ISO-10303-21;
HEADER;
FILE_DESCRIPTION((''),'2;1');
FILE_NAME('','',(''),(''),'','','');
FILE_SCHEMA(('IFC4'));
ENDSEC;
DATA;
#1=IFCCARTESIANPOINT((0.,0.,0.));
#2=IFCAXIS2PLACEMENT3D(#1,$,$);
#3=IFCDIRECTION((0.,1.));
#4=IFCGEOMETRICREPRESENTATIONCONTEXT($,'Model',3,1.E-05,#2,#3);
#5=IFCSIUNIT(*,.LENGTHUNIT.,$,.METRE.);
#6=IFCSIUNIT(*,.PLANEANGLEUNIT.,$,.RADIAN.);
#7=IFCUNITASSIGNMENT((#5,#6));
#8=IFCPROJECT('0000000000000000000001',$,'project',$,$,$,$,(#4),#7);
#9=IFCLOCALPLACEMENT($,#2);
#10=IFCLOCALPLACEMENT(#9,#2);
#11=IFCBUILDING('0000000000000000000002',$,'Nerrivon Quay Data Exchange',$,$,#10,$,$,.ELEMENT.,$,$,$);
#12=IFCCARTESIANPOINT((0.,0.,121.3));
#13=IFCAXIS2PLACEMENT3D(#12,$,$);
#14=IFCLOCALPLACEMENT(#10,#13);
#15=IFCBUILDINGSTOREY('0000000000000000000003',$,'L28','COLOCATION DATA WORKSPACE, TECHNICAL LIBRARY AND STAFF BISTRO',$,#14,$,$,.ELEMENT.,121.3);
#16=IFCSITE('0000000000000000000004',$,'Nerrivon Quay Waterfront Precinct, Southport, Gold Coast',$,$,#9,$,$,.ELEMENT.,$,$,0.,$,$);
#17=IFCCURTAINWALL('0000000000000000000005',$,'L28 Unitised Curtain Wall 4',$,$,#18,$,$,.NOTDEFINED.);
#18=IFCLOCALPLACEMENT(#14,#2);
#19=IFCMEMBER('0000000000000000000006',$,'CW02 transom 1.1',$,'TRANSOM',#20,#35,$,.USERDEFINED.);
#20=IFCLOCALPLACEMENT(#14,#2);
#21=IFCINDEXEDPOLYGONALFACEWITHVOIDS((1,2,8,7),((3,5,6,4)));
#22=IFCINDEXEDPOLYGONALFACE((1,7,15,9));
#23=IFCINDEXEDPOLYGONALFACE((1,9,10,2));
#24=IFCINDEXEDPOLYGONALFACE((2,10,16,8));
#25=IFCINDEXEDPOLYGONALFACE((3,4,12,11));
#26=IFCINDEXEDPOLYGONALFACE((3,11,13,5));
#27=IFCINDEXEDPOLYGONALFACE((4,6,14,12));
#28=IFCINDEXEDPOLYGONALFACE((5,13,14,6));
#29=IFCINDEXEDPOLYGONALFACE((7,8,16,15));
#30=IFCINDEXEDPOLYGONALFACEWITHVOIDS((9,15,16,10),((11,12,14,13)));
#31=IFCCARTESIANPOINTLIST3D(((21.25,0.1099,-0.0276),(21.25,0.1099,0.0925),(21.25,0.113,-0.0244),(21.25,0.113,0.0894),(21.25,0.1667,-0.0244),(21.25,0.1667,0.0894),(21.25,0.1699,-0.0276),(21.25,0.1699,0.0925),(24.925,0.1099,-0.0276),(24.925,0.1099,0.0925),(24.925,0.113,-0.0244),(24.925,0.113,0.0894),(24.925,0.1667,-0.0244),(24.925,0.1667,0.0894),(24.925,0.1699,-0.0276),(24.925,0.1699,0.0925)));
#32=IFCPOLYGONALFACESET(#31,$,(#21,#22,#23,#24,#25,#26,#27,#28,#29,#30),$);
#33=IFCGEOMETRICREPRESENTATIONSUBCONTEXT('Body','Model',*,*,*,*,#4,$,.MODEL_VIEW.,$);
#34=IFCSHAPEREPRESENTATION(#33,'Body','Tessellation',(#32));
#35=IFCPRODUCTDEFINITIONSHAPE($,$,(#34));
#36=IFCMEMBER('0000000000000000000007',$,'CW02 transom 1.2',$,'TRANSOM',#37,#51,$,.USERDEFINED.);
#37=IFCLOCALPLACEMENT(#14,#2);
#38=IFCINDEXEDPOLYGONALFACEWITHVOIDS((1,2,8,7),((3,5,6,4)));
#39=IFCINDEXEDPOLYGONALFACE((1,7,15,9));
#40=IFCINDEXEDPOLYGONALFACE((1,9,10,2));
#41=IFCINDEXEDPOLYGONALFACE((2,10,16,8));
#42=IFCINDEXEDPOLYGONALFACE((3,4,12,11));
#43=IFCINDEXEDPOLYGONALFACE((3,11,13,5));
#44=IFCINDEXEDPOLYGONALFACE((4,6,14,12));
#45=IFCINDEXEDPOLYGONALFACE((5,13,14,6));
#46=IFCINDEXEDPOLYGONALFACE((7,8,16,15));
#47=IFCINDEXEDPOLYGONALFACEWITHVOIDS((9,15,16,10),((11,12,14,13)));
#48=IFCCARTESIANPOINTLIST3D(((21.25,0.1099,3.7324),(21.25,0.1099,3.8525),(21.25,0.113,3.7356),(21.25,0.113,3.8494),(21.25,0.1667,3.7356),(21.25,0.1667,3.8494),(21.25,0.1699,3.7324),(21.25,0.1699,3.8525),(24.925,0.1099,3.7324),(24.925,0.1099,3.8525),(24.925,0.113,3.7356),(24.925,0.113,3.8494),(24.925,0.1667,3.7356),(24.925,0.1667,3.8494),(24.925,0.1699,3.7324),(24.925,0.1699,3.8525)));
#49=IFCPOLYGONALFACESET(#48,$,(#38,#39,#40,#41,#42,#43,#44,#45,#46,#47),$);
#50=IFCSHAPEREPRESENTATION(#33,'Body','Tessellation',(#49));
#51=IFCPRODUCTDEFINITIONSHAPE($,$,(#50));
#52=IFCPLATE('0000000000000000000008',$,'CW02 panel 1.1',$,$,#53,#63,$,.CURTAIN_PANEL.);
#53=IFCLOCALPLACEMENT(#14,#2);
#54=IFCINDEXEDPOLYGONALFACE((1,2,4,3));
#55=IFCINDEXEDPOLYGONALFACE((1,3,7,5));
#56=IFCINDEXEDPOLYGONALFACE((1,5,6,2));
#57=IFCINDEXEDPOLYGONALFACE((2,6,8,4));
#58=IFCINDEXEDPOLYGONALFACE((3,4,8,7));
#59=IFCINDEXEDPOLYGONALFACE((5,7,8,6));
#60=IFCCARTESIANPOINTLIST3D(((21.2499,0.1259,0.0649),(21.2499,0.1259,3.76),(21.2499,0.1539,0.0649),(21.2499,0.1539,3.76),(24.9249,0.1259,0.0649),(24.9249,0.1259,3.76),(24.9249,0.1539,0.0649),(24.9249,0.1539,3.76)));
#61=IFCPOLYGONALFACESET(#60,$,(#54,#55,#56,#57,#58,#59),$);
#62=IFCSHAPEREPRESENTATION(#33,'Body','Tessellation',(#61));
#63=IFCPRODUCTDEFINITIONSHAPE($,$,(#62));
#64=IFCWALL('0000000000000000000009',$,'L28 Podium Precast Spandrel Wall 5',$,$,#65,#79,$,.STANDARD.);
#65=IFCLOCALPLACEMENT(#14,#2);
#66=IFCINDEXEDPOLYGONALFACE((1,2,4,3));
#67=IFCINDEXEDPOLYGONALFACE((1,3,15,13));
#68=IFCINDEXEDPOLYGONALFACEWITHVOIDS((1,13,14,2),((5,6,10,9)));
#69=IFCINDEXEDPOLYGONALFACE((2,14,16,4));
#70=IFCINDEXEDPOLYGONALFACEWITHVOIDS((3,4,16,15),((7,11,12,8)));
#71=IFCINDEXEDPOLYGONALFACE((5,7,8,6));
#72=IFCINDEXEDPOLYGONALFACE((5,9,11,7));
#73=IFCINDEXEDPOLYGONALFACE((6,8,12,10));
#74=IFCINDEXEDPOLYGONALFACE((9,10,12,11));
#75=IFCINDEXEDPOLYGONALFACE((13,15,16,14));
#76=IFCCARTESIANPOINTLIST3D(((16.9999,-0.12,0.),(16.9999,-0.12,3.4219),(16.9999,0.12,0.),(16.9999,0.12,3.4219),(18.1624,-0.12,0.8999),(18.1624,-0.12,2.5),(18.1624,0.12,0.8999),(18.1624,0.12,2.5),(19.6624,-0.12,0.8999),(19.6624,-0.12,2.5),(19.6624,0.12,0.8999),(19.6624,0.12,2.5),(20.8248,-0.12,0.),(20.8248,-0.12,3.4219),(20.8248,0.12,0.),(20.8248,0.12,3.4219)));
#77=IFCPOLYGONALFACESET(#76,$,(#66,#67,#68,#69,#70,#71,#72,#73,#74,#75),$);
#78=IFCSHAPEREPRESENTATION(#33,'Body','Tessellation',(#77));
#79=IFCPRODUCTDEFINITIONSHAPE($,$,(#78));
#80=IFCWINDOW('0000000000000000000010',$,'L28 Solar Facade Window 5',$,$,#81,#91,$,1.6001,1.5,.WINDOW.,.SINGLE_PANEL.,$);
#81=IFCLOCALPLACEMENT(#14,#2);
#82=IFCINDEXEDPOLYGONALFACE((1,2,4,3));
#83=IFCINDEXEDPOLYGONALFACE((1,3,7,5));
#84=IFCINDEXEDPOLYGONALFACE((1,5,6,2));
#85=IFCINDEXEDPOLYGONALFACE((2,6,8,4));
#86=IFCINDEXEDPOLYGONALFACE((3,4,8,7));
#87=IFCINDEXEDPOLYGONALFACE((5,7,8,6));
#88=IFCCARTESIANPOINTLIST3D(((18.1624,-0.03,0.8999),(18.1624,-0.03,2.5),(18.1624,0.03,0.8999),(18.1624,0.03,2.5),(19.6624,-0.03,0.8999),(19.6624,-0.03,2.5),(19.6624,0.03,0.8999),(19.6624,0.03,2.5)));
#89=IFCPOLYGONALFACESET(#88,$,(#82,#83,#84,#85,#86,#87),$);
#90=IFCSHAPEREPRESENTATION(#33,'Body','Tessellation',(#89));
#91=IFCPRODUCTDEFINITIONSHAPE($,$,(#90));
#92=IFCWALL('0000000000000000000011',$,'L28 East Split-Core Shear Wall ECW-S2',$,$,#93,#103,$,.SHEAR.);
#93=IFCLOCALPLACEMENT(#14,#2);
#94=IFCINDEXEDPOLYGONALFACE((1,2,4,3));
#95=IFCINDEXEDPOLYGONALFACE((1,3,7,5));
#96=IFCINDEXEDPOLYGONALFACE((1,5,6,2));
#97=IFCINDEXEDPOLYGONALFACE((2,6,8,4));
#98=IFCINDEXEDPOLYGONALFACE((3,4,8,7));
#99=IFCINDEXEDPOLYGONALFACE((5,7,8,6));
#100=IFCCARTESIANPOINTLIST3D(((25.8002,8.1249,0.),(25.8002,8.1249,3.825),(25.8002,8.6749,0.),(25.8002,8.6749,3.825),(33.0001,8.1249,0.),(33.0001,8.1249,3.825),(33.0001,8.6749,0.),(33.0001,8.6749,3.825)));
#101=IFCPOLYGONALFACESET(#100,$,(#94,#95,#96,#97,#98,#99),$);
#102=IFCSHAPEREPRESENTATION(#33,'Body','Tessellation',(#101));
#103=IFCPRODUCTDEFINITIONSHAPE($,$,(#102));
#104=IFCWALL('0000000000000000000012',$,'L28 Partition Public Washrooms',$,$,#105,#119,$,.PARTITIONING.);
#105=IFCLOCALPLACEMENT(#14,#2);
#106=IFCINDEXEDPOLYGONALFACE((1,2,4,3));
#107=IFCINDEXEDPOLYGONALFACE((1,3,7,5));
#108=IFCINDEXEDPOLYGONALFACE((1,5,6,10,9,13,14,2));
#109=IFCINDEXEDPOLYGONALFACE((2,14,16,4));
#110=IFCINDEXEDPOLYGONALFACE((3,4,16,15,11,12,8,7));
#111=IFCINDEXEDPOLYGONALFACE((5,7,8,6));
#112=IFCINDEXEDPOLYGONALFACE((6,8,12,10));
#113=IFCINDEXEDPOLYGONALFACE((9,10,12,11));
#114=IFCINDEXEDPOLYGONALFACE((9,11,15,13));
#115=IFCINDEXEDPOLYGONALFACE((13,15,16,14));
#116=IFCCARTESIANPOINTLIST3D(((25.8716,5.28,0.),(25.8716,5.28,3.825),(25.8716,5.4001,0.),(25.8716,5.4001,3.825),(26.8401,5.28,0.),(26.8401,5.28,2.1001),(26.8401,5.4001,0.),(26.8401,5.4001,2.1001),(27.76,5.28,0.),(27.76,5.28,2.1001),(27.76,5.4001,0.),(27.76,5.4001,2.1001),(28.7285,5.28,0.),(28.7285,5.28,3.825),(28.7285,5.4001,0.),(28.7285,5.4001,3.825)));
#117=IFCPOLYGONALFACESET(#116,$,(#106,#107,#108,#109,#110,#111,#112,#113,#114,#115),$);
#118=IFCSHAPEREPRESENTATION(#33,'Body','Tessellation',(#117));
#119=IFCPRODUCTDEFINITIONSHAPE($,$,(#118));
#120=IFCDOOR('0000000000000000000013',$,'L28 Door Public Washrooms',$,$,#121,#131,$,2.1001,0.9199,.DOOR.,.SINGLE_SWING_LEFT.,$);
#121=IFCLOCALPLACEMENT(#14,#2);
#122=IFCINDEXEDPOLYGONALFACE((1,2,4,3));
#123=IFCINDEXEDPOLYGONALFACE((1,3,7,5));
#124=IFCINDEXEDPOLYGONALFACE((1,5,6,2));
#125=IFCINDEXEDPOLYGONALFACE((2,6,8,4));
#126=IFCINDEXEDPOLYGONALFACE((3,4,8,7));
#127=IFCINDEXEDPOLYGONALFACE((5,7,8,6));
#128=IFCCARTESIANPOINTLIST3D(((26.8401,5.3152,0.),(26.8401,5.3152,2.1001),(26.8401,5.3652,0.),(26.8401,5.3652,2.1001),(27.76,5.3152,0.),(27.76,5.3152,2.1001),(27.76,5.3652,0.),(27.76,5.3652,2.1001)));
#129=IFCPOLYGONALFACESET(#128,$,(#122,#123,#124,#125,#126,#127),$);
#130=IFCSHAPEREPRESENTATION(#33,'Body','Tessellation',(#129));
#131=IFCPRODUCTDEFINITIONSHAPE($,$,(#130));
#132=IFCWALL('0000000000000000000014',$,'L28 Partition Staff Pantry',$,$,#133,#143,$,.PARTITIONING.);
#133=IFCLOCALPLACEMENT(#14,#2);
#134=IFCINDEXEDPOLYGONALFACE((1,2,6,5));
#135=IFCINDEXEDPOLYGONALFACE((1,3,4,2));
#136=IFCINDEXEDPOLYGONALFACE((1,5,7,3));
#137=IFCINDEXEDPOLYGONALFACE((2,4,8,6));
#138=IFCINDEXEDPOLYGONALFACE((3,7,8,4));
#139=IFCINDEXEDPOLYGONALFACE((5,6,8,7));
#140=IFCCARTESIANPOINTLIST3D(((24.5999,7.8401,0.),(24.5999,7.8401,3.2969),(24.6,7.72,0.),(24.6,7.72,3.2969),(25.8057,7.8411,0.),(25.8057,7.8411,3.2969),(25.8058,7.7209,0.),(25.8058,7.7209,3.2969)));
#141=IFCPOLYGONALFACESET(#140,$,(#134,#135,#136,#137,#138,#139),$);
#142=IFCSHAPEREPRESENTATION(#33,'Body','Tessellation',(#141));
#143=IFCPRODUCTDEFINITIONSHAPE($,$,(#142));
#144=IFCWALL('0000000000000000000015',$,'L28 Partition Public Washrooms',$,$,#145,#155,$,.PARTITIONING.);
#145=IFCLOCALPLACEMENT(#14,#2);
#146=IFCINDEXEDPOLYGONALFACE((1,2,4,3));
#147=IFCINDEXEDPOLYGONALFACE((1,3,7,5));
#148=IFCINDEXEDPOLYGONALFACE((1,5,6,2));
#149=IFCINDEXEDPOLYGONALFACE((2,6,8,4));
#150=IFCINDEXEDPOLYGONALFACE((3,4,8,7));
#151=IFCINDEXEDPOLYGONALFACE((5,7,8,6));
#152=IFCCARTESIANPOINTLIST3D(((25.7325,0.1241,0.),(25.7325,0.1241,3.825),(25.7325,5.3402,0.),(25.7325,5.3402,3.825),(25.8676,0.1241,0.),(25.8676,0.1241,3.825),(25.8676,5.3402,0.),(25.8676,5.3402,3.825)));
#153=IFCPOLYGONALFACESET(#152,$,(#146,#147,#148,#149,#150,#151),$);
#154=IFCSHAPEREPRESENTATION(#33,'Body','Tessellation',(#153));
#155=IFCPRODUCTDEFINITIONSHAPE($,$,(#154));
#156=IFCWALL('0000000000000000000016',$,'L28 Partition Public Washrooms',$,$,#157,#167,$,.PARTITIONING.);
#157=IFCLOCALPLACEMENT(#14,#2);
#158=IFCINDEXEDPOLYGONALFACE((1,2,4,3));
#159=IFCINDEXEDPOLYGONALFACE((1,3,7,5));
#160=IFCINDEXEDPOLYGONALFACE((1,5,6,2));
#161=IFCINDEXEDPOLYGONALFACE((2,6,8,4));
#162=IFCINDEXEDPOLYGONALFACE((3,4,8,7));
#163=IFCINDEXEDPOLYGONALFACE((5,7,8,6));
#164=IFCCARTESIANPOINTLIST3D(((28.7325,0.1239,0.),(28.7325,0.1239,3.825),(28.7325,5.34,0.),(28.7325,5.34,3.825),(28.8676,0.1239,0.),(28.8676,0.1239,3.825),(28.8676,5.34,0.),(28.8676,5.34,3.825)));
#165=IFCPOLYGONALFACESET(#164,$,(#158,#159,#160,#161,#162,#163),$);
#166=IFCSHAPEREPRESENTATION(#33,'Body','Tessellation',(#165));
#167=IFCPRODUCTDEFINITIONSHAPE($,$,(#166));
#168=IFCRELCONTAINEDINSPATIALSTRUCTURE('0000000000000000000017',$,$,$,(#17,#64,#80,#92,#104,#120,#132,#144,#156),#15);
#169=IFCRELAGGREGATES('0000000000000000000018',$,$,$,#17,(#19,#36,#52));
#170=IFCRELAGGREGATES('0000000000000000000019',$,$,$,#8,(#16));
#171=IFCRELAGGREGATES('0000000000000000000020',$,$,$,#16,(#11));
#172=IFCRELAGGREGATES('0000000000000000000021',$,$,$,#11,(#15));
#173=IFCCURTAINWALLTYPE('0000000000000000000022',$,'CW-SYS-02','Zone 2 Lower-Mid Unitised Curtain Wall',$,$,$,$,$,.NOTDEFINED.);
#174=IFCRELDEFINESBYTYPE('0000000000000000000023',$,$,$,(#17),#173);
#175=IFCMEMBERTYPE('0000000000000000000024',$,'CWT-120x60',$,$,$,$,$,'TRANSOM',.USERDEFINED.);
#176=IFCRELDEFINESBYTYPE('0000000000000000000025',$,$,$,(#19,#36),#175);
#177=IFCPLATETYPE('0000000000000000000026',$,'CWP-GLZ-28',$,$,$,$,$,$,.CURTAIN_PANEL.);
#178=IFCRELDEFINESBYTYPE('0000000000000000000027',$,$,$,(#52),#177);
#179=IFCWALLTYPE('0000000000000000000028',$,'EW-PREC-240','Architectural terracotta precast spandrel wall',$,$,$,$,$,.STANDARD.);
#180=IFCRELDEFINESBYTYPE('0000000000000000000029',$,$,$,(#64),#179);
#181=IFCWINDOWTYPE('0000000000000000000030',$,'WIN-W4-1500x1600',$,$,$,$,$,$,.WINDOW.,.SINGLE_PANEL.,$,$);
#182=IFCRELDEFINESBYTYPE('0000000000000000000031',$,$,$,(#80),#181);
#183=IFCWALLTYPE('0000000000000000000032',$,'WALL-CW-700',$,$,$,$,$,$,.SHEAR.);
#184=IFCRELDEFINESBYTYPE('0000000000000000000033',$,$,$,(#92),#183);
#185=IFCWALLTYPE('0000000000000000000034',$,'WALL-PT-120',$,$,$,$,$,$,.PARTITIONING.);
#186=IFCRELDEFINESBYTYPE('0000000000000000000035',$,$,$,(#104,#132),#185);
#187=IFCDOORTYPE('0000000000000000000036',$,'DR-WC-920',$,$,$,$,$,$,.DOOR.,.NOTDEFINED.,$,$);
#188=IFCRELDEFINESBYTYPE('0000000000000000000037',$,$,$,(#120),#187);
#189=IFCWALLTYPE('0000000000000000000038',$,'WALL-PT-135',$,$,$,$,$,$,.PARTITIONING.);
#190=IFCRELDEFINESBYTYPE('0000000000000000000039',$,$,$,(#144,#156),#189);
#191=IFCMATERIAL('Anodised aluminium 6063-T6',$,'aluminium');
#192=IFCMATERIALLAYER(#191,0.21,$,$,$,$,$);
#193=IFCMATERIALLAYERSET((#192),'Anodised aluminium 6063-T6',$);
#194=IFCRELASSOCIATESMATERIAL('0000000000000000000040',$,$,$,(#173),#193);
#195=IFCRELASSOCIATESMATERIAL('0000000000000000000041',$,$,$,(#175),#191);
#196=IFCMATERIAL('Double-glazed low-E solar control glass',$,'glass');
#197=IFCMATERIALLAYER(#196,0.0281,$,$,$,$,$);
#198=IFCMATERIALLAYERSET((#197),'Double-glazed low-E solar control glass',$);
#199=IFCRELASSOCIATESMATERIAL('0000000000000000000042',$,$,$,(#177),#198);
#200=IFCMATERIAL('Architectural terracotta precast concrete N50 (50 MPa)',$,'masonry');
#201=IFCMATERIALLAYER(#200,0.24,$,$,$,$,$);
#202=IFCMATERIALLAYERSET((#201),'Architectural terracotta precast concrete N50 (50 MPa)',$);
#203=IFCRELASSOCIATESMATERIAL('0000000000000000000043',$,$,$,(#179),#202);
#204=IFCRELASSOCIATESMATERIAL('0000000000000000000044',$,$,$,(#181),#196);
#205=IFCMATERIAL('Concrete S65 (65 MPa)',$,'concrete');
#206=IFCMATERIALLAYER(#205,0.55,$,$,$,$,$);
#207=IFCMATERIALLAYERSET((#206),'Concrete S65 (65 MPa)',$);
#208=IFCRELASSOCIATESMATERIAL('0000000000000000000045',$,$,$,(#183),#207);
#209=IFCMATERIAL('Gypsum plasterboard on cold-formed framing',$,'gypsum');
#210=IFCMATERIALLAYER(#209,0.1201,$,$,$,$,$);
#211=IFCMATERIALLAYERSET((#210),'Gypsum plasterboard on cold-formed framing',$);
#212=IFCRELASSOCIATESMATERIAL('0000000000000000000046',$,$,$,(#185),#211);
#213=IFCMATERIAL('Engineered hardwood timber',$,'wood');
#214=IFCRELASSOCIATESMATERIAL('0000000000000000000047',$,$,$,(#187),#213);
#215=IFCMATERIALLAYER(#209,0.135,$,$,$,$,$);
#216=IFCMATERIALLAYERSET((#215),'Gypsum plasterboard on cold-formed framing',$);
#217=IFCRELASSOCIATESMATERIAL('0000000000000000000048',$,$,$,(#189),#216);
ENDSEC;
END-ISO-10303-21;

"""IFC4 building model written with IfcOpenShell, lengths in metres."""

from ifc_helpers import new_model, si_unit, direction, frame, frame_2d, origin, origin_2d, place, context, subcontext, project, spatial, rectangle, hollow_rectangle, extrude, material, layer, layer_set, material_profile, profile_set, type_object, element, fill, aggregate, save


model = new_model("IFC4")

# Units and contexts
model_context = context("Model", 3, precision=1e-05, world=origin(), true_north=direction((0.0, 1.0)))
body_context = subcontext(model_context, "Body", "Model", "MODEL_VIEW")
ifc_project = project(units=[si_unit("LENGTHUNIT", "METRE"), si_unit("PLANEANGLEUNIT", "RADIAN")], contexts=[model_context])

# Site, building, storey
site_placement = place(None, origin())
site = spatial("IfcSite", under=ifc_project, at=site_placement, Name="Nerrivon Quay Waterfront Precinct, Southport, Gold Coast", CompositionType="ELEMENT", RefElevation=0.0)
building_placement = place(site_placement, origin())
building = spatial("IfcBuilding", under=site, at=building_placement, Name="Nerrivon Quay Data Exchange", CompositionType="ELEMENT")
storey_placement = place(building_placement, frame((0.0, 0.0, 121.3)))
storey = spatial("IfcBuildingStorey", under=building, at=storey_placement, Name="L28", Description="COLOCATION DATA WORKSPACE, TECHNICAL LIBRARY AND STAFF BISTRO", CompositionType="ELEMENT", Elevation=121.3)

# Shared definitions
ifc_material_1 = material(Name="Concrete S65 (65 MPa)", Category="concrete")

# Curtain wall, members, plate
ifc_material_2 = material(Name="Anodised aluminium 6063-T6", Category="aluminium")
ifc_layer_1 = layer(ifc_material_2, 0.21)
ifc_layer_set_1 = layer_set([ifc_layer_1], Name="Anodised aluminium 6063-T6")
curtain_wall_type = type_object("IfcCurtainWallType", Name="CW-SYS-02", Description="Zone 2 Lower-Mid Unitised Curtain Wall", PredefinedType="NOTDEFINED", material=ifc_layer_set_1)
curtain_wall_placement = place(storey_placement, origin())
curtain_wall = element("IfcCurtainWall", 1, at=curtain_wall_placement, inside=storey, type_object=curtain_wall_type, Name="L28 Unitised Curtain Wall 4", PredefinedType="NOTDEFINED")
ifc_material_profile_1 = material_profile(ifc_material_2, hollow_rectangle(XDim=0.0601, YDim=0.1201, WallThickness=0.0032, at=origin_2d()), Name="ALU-TRAN-120x60")
ifc_profile_set_1 = profile_set([ifc_material_profile_1], Name="Anodised aluminium 6063-T6")
member_type_1 = type_object("IfcMemberType", Name="CWT-120x60", ElementType="TRANSOM", PredefinedType="USERDEFINED", material=ifc_profile_set_1)
member_1_placement = place(storey_placement, frame((24.925, 0.1399, 0.0325), z_axis=(-1.0, 0.0, 0.0), x_axis=(0.0, -1.0, 0.0)))
member_1 = element("IfcMember", 2, at=member_1_placement, type_object=member_type_1, Name="CW02 transom 1.1", ObjectType="TRANSOM", PredefinedType="USERDEFINED", context=body_context, shape_type="SweptSolid", body=[
    extrude(hollow_rectangle(XDim=0.0601, YDim=0.1201, WallThickness=0.0032, at=origin_2d()), origin(), (0.0, 0.0, 1.0), 3.675),
])
member_2_placement = place(storey_placement, frame((24.925, 0.1399, 3.7925), z_axis=(-1.0, 0.0, 0.0), x_axis=(0.0, -1.0, 0.0)))
member_2 = element("IfcMember", 3, at=member_2_placement, type_object=member_type_1, Name="CW02 transom 1.2", ObjectType="TRANSOM", PredefinedType="USERDEFINED", context=body_context, shape_type="SweptSolid", body=[
    extrude(hollow_rectangle(XDim=0.0601, YDim=0.1201, WallThickness=0.0032, at=origin_2d()), origin(), (0.0, 0.0, 1.0), 3.675),
])
ifc_material_3 = material(Name="Double-glazed low-E solar control glass", Category="glass")
ifc_layer_2 = layer(ifc_material_3, 0.0281)
ifc_layer_set_2 = layer_set([ifc_layer_2], Name="Double-glazed low-E solar control glass")
plate_type = type_object("IfcPlateType", Name="CWP-GLZ-28", PredefinedType="CURTAIN_PANEL", material=ifc_layer_set_2)
plate_placement = place(storey_placement, frame((23.0874, 0.1399, 0.0649), z_axis=(0.0, 0.0, 1.0), x_axis=(-1.0, 0.0, 0.0)))
plate = element("IfcPlate", 4, at=plate_placement, type_object=plate_type, Name="CW02 panel 1.1", PredefinedType="CURTAIN_PANEL", context=body_context, shape_type="SweptSolid", body=[
    extrude(rectangle(XDim=3.675, YDim=0.0281, at=origin_2d()), origin(), (0.0, 0.0, 1.0), 3.6951),
])
aggregate(curtain_wall, [member_1, member_2, plate])

# Wall, opening, window
ifc_material_4 = material(Name="Architectural terracotta precast concrete N50 (50 MPa)", Category="masonry")
ifc_layer_3 = layer(ifc_material_4, 0.24)
ifc_layer_set_3 = layer_set([ifc_layer_3], Name="Architectural terracotta precast concrete N50 (50 MPa)")
wall_type_1 = type_object("IfcWallType", Name="EW-PREC-240", Description="Architectural terracotta precast spandrel wall", PredefinedType="STANDARD", material=ifc_layer_set_3)
wall_1_placement = place(storey_placement, frame((20.825, 0.0, 0.0), z_axis=(0.0, 0.0, 1.0), x_axis=(-1.0, 0.0, 0.0)))
wall_1 = element("IfcWall", 5, at=wall_1_placement, inside=storey, type_object=wall_type_1, Name="L28 Podium Precast Spandrel Wall 5", PredefinedType="STANDARD", context=body_context, shape_type="SweptSolid", body=[
    extrude(rectangle(XDim=3.825, YDim=0.24, at=frame_2d((1.9126, 0.0))), origin(), (0.0, 0.0, 1.0), 3.4219),
])
opening_1_placement = place(wall_1_placement, frame((1.1626, 0.0, 0.8999)))
opening_1 = element("IfcOpeningElement", 6, at=opening_1_placement, cuts=wall_1, PredefinedType="OPENING", context=body_context, shape_type="SweptSolid", body=[
    extrude(rectangle(XDim=1.5, YDim=1.6001, at=frame_2d((0.75, 0.8))), frame((0.0, 0.1299, 0.0), z_axis=(0.0, -1.0, 0.0), x_axis=(1.0, 0.0, 0.0)), (0.0, 0.0, 1.0), 0.26),
])
window_type = type_object("IfcWindowType", Name="WIN-W4-1500x1600", PartitioningType="SINGLE_PANEL", PredefinedType="WINDOW", material=ifc_material_3)
window_placement = place(opening_1_placement, origin())
window = element("IfcWindow", 7, at=window_placement, inside=storey, type_object=window_type, Name="L28 Solar Facade Window 5", OverallHeight=1.6001, OverallWidth=1.5, PartitioningType="SINGLE_PANEL", PredefinedType="WINDOW", context=body_context, shape_type="SweptSolid", body=[
    extrude(rectangle(XDim=1.5, YDim=1.6001, at=frame_2d((0.75, 0.8))), frame((0.0, 0.03, 0.0), z_axis=(0.0, -1.0, 0.0), x_axis=(1.0, 0.0, 0.0)), (0.0, 0.0, 1.0), 0.0601),
])
fill(opening_1, window)

# Wall
ifc_layer_4 = layer(ifc_material_1, 0.55)
ifc_layer_set_4 = layer_set([ifc_layer_4], Name="Concrete S65 (65 MPa)")
wall_type_2 = type_object("IfcWallType", Name="WALL-CW-700", PredefinedType="SHEAR", material=ifc_layer_set_4)
wall_2_placement = place(storey_placement, frame((25.8, 8.3999, 0.0), z_axis=(0.0, 0.0, 1.0), x_axis=(1.0, 0.0, 0.0)))
element("IfcWall", 8, at=wall_2_placement, inside=storey, type_object=wall_type_2, Name="L28 East Split-Core Shear Wall ECW-S2", PredefinedType="SHEAR", context=body_context, shape_type="SweptSolid", body=[
    extrude(rectangle(XDim=7.2, YDim=0.55, at=frame_2d((3.6001, 0.0))), origin(), (0.0, 0.0, 1.0), 3.825),
])

# Wall, opening, door
ifc_material_5 = material(Name="Gypsum plasterboard on cold-formed framing", Category="gypsum")
ifc_layer_5 = layer(ifc_material_5, 0.1201)
ifc_layer_set_5 = layer_set([ifc_layer_5], Name="Gypsum plasterboard on cold-formed framing")
wall_type_3 = type_object("IfcWallType", Name="WALL-PT-120", PredefinedType="PARTITIONING", material=ifc_layer_set_5)
wall_3_placement = place(storey_placement, frame((28.7285, 5.3401, 0.0), z_axis=(0.0, 0.0, 1.0), x_axis=(-1.0, 0.0, 0.0)))
wall_3 = element("IfcWall", 9, at=wall_3_placement, inside=storey, type_object=wall_type_3, Name="L28 Partition Public Washrooms", PredefinedType="PARTITIONING", context=body_context, shape_type="SweptSolid", body=[
    extrude(rectangle(XDim=2.8569, YDim=0.1201, at=frame_2d((1.4285, 0.0))), origin(), (0.0, 0.0, 1.0), 3.825),
])
opening_2_placement = place(wall_3_placement, frame((0.9685, 0.0, 0.0)))
opening_2 = element("IfcOpeningElement", 10, at=opening_2_placement, cuts=wall_3, PredefinedType="OPENING", context=body_context, shape_type="SweptSolid", body=[
    extrude(rectangle(XDim=0.9199, YDim=2.1001, at=frame_2d((0.46, 1.05))), frame((0.0, 0.0701, 0.0), z_axis=(0.0, -1.0, 0.0), x_axis=(1.0, 0.0, 0.0)), (0.0, 0.0, 1.0), 0.1401),
])
ifc_material_6 = material(Name="Engineered hardwood timber", Category="wood")
door_type_1 = type_object("IfcDoorType", Name="DR-WC-920", OperationType="NOTDEFINED", PredefinedType="DOOR", material=ifc_material_6)
door_1_placement = place(opening_2_placement, origin())
door_1 = element("IfcDoor", 11, at=door_1_placement, inside=storey, type_object=door_type_1, Name="L28 Door Public Washrooms", OperationType="SINGLE_SWING_LEFT", OverallHeight=2.1001, OverallWidth=0.9199, PredefinedType="DOOR", context=body_context, shape_type="SweptSolid", body=[
    extrude(rectangle(XDim=0.9199, YDim=2.1001, at=frame_2d((0.46, 1.05))), frame((0.0, 0.0249, 0.0), z_axis=(0.0, -1.0, 0.0), x_axis=(1.0, 0.0, 0.0)), (0.0, 0.0, 1.0), 0.05),
])
fill(opening_2, door_1)

# Walls
wall_4_placement = place(storey_placement, frame((25.8059, 7.781, 0.0), z_axis=(0.0, 0.0, 1.0), x_axis=(-1.0, -0.00081, 0.0)))
element("IfcWall", 12, at=wall_4_placement, inside=storey, type_object=wall_type_3, Name="L28 Partition Staff Pantry", PredefinedType="PARTITIONING", context=body_context, shape_type="SweptSolid", body=[
    extrude(rectangle(XDim=1.2058, YDim=0.1201, at=frame_2d((0.603, 0.0))), origin(), (0.0, 0.0, 1.0), 3.2969),
])
ifc_layer_6 = layer(ifc_material_5, 0.135)
ifc_layer_set_6 = layer_set([ifc_layer_6], Name="Gypsum plasterboard on cold-formed framing")
wall_type_4 = type_object("IfcWallType", Name="WALL-PT-135", PredefinedType="PARTITIONING", material=ifc_layer_set_6)
for number, where, z_axis, x_axis, name in (
    (13, (25.8, 5.3401, 0.0), (0.0, 0.0, 1.0), (0.0, -1.0, 0.0), "L28 Partition Public Washrooms"),
    (14, (28.8, 0.124, 0.0), (0.0, 0.0, 1.0), (0.0, 1.0, 0.0), "L28 Partition Public Washrooms"),
):
    element("IfcWall", number, at=place(storey_placement, frame(where, z_axis=z_axis, x_axis=x_axis)), inside=storey, type_object=wall_type_4, Name=name, PredefinedType="PARTITIONING", context=body_context, shape_type="SweptSolid", body=[
        extrude(rectangle(XDim=5.2161, YDim=0.135, at=frame_2d((2.6079, 0.0))), origin(), (0.0, 0.0, 1.0), 3.825),
    ])

save(model, "model.ifc")
